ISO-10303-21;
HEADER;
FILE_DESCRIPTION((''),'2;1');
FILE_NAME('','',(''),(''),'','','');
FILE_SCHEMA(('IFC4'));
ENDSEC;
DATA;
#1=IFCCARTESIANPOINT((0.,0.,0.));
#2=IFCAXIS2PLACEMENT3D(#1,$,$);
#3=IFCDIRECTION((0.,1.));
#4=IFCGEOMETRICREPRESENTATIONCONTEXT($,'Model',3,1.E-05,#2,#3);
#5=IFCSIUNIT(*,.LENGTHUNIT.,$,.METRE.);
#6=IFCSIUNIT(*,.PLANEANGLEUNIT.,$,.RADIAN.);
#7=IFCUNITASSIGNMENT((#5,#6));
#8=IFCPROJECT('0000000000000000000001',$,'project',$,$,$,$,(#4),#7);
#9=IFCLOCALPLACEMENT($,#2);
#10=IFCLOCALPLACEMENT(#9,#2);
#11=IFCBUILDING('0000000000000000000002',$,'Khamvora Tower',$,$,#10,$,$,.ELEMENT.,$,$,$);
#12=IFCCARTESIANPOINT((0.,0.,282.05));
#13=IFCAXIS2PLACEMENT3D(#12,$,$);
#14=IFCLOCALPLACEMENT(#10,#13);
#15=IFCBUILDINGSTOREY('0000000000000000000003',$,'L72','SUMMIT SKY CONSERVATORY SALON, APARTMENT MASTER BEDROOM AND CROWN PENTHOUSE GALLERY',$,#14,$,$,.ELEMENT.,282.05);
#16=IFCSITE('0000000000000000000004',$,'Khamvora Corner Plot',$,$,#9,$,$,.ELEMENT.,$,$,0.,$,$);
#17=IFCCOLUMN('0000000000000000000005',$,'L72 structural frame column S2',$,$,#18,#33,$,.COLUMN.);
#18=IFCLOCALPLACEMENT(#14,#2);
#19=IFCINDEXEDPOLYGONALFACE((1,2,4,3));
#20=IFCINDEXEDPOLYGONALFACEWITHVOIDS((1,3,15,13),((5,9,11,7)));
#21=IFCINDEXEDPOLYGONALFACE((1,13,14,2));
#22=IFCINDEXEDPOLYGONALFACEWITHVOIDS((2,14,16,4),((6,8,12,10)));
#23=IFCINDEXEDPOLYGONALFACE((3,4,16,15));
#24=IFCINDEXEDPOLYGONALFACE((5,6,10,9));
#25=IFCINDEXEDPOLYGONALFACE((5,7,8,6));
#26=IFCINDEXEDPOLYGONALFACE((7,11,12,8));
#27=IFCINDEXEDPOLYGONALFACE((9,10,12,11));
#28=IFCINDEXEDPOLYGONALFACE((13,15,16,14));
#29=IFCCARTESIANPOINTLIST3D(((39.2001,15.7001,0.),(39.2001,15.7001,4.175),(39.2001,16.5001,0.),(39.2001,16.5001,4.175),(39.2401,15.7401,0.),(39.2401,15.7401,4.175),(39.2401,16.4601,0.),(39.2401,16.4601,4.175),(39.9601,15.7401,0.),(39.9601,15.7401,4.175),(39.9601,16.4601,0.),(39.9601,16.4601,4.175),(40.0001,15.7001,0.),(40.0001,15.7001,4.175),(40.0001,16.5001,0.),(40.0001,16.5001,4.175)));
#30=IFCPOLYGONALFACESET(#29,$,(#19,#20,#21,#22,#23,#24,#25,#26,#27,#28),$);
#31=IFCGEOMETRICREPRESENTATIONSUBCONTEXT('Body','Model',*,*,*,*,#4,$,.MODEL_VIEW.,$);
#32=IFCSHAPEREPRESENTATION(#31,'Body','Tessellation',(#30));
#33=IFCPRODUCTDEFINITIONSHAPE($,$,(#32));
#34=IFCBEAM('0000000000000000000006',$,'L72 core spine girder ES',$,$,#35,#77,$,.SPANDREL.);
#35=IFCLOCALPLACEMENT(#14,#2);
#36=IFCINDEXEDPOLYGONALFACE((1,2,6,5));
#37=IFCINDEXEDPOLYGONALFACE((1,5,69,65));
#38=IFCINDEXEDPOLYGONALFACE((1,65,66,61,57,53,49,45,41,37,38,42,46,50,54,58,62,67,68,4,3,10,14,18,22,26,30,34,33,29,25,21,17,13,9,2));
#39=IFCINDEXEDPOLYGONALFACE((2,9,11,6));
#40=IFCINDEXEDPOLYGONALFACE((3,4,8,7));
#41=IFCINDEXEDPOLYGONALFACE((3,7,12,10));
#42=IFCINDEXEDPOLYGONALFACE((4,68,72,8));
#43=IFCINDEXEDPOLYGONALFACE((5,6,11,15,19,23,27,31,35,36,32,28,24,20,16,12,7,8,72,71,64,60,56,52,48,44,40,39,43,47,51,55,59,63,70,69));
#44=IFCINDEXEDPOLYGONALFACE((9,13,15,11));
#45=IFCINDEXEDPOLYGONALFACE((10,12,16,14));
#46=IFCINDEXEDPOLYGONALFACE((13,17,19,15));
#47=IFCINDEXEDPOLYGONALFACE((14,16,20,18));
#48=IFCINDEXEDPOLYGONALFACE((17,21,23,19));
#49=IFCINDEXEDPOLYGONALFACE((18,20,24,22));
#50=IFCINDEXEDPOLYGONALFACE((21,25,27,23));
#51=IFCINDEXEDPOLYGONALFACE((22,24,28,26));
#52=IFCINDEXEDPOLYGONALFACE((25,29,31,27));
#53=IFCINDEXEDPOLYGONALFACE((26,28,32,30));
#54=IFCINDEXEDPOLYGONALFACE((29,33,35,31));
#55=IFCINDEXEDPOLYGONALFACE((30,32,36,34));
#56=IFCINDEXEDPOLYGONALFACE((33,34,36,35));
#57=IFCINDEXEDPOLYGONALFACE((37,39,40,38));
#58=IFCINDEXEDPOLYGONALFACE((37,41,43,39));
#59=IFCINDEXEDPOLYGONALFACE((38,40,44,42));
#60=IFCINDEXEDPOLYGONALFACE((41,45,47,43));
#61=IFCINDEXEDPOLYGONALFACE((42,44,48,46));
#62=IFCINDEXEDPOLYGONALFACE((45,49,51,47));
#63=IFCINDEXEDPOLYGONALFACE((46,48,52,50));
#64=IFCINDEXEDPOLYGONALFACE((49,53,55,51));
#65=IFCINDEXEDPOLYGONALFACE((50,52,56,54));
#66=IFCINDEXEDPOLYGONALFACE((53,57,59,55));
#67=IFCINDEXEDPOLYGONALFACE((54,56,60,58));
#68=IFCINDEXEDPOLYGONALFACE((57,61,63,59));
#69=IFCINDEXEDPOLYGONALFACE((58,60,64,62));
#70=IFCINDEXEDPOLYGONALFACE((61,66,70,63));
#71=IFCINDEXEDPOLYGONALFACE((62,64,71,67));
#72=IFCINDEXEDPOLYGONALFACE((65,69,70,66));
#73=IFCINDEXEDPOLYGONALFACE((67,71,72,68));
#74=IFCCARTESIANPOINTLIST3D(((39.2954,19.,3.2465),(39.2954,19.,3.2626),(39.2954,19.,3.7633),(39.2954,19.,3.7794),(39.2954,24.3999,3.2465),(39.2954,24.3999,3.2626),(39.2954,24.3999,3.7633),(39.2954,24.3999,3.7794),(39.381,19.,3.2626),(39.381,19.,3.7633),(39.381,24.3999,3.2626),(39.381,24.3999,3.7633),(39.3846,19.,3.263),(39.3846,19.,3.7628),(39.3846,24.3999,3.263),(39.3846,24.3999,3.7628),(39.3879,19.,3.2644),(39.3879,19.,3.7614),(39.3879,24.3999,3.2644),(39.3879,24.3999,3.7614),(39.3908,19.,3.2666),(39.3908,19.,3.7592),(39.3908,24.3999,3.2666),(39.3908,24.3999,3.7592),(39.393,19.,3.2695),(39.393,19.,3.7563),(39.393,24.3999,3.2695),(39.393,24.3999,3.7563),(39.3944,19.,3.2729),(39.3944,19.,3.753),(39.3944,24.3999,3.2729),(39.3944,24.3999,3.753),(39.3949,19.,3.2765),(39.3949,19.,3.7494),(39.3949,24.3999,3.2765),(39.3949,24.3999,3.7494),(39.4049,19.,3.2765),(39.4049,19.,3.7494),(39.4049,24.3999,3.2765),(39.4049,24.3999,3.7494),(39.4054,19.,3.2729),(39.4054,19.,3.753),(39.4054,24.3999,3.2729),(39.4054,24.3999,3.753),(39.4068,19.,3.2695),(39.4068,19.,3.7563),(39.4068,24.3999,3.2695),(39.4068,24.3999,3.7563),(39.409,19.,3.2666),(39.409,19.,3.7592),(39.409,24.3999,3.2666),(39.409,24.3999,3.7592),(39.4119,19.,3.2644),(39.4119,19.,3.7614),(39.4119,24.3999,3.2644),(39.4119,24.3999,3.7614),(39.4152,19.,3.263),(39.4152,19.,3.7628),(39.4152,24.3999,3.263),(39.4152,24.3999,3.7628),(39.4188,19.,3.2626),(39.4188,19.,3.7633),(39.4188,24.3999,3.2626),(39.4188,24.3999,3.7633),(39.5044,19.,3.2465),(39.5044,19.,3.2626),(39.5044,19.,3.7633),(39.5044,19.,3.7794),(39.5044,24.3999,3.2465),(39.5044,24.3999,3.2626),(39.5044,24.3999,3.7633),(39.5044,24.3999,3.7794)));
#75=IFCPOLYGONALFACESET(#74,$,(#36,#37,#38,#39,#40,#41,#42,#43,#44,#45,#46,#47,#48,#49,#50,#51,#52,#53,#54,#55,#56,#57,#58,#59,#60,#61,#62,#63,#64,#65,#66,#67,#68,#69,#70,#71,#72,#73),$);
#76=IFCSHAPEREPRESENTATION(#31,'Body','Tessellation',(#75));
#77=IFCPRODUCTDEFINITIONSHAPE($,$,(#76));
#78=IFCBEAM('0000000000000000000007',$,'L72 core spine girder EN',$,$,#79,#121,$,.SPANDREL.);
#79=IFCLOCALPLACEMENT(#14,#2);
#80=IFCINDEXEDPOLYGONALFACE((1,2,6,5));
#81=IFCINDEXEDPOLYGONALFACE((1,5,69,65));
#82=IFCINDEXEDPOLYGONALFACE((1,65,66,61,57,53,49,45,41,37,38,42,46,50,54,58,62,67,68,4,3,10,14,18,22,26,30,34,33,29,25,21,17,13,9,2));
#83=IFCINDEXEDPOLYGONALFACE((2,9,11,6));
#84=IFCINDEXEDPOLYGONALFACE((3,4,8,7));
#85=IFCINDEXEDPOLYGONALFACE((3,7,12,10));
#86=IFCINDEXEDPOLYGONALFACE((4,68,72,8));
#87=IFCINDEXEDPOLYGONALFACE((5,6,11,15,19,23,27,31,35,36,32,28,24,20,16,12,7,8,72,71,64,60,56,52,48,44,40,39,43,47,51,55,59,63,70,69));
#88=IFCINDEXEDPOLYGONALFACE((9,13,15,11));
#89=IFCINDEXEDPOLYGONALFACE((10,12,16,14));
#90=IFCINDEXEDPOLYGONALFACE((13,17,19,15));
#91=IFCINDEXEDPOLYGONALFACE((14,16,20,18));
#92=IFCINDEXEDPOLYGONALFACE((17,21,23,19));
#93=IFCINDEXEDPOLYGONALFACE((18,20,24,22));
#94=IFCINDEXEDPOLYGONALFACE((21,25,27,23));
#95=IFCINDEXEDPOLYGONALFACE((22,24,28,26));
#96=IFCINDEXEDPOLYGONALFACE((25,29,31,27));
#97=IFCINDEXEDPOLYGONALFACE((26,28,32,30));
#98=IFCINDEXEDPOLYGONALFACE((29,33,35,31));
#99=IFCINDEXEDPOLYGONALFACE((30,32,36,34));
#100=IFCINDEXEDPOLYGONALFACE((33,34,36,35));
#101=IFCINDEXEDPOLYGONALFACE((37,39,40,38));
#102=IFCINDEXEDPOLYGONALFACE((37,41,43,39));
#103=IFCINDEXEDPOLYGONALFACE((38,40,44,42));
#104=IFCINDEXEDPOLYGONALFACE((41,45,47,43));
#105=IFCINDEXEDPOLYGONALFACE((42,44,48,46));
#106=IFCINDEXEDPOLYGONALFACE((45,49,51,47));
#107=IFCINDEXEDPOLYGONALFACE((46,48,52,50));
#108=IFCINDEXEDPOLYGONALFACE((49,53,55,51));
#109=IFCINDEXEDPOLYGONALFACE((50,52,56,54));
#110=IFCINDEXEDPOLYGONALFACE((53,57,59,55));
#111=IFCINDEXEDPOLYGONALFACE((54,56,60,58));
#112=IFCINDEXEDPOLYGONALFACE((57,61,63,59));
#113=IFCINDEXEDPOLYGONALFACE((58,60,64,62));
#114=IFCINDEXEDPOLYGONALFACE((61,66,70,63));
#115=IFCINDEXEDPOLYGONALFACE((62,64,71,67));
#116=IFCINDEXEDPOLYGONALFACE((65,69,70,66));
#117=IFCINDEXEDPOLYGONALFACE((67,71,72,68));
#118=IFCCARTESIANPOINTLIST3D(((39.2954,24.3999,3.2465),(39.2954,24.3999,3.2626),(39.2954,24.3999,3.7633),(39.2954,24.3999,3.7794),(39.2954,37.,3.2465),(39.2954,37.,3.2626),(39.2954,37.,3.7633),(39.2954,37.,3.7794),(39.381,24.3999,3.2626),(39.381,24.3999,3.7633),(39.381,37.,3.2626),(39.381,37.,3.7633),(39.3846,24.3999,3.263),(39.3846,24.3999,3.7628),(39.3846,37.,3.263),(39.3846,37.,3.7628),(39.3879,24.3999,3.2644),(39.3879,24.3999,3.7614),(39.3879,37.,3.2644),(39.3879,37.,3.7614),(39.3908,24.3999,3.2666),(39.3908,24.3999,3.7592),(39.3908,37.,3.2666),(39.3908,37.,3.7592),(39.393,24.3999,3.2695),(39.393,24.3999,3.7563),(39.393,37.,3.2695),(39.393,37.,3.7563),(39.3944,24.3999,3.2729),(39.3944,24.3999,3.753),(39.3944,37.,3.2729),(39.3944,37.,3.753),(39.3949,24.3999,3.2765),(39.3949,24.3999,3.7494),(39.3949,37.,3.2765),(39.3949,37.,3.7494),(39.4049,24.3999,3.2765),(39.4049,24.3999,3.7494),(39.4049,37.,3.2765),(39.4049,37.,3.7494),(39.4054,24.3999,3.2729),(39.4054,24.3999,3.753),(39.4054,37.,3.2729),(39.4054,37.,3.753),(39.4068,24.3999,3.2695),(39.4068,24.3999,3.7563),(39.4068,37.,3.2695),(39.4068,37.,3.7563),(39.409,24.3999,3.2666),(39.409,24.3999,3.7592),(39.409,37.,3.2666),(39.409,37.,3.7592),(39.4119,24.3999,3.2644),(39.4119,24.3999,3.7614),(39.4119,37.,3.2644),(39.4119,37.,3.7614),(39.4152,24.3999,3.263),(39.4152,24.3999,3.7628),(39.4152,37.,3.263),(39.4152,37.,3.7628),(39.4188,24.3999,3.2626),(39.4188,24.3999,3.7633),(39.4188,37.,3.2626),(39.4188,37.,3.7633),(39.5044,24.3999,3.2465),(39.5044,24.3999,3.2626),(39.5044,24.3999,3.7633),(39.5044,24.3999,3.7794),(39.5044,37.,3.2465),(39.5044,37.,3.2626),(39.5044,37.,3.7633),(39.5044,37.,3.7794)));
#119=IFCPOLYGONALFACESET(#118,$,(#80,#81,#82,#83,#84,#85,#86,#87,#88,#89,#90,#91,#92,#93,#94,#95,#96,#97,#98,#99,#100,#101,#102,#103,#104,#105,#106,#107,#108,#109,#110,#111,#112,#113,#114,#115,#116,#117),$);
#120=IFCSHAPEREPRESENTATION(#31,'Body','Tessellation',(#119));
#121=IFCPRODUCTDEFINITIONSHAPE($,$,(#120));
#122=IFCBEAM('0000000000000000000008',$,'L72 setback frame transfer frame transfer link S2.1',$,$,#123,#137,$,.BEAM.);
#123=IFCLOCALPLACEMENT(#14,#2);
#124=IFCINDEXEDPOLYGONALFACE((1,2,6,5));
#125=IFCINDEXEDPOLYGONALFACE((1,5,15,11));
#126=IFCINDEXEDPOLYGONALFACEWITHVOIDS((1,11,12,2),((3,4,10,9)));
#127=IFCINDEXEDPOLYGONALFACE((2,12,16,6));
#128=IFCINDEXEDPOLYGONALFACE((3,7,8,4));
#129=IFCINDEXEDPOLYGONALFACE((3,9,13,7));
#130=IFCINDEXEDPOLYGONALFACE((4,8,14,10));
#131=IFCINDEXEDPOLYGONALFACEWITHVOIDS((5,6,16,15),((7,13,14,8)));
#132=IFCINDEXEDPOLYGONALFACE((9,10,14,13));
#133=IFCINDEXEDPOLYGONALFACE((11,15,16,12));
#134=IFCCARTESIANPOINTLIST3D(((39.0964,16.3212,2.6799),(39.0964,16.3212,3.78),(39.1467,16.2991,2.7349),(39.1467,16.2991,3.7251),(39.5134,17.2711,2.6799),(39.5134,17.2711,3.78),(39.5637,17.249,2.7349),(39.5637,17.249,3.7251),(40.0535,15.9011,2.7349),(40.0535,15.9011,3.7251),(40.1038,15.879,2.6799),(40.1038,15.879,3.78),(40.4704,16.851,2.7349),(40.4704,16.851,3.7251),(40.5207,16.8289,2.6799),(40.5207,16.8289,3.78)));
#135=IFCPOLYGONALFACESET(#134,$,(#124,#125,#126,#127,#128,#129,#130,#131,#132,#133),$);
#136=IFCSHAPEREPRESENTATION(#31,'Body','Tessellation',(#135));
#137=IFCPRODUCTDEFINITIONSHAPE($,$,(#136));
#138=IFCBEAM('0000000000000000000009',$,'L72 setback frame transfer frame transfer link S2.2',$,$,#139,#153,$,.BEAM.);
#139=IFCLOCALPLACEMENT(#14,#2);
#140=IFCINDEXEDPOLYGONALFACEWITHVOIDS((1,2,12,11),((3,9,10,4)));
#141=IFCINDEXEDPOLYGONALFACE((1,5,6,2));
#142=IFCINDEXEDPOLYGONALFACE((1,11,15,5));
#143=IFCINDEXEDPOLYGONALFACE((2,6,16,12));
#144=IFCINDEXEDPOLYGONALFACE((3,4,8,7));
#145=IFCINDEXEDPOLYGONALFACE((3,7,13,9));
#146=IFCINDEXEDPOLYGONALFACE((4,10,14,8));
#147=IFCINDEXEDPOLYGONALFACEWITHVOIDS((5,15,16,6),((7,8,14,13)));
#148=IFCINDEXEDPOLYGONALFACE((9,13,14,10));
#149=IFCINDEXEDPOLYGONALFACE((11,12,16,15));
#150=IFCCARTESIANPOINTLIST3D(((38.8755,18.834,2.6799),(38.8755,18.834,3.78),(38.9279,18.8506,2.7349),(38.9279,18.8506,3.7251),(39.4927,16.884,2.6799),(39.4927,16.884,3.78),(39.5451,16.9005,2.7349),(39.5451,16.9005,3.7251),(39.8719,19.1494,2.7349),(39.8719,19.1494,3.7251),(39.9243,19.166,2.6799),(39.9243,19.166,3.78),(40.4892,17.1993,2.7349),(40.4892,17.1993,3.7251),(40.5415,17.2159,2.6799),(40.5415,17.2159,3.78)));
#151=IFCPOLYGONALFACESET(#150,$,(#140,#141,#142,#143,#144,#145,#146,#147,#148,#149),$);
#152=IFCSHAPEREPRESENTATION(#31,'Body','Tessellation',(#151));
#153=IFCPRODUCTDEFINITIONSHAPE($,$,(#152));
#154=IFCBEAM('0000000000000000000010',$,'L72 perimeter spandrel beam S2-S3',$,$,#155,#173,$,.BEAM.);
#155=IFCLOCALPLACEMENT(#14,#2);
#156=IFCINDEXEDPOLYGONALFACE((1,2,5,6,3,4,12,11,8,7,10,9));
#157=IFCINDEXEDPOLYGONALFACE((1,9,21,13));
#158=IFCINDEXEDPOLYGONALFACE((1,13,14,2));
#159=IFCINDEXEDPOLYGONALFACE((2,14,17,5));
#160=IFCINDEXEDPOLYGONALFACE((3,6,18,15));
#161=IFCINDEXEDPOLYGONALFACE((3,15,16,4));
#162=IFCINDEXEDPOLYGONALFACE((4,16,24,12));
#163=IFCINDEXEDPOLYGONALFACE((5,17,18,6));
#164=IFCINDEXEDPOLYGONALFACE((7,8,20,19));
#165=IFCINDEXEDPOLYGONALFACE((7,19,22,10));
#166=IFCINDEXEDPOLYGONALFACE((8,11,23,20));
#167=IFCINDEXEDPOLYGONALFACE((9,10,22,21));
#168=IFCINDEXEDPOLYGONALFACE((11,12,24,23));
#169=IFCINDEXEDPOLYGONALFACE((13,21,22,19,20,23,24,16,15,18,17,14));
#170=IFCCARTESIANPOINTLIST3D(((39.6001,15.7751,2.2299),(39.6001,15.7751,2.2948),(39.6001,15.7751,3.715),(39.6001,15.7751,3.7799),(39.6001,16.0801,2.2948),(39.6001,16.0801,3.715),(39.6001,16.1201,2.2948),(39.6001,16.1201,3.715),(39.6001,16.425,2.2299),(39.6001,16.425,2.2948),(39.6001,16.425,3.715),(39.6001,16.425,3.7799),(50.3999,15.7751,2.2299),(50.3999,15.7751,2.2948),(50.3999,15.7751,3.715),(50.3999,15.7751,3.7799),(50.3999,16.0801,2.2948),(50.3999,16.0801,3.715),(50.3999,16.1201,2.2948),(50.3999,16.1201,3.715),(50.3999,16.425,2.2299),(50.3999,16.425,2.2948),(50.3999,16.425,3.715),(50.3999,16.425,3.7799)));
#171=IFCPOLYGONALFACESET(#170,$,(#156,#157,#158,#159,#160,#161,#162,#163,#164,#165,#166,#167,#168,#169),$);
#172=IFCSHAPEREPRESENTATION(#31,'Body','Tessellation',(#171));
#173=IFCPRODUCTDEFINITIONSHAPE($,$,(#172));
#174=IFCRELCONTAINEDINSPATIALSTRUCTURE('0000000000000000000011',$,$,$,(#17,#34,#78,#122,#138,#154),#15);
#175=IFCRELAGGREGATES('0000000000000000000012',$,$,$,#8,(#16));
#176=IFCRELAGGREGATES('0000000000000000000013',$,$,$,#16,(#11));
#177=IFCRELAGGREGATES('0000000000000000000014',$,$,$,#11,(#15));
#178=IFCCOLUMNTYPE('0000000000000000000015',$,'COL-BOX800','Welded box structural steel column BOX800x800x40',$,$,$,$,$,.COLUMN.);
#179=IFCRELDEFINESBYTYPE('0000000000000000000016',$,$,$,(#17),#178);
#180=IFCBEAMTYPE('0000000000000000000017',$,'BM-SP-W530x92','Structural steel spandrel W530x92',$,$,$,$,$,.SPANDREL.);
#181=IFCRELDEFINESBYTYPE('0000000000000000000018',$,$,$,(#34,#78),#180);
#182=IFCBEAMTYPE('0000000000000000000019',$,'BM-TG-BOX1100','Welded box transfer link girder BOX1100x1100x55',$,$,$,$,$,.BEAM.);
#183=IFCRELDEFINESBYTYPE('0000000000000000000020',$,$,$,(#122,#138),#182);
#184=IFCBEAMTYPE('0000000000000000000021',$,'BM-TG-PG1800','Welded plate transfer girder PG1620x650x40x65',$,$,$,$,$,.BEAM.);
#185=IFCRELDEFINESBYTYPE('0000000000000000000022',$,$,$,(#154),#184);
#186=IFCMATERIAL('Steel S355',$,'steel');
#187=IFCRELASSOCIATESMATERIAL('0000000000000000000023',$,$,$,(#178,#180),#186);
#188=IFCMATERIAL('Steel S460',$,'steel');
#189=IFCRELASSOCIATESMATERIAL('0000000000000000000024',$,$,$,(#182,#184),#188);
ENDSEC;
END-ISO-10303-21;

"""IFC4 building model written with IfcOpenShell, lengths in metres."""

from ifc_helpers import new_model, si_unit, direction, frame, origin, origin_2d, place, context, subcontext, project, spatial, hollow_rectangle, i_section, extrude, material, material_profile, profile_set, type_object, element, save


model = new_model("IFC4")

# Units and contexts
model_context = context("Model", 3, precision=1e-05, world=origin(), true_north=direction((0.0, 1.0)))
body_context = subcontext(model_context, "Body", "Model", "MODEL_VIEW")
ifc_project = project(units=[si_unit("LENGTHUNIT", "METRE"), si_unit("PLANEANGLEUNIT", "RADIAN")], contexts=[model_context])

# Site, building, storey
site_placement = place(None, origin())
site = spatial("IfcSite", under=ifc_project, at=site_placement, Name="Khamvora Corner Plot", CompositionType="ELEMENT", RefElevation=0.0)
building_placement = place(site_placement, origin())
building = spatial("IfcBuilding", under=site, at=building_placement, Name="Khamvora Tower", CompositionType="ELEMENT")
storey_placement = place(building_placement, frame((0.0, 0.0, 282.05)))
storey = spatial("IfcBuildingStorey", under=building, at=storey_placement, Name="L72", Description="SUMMIT SKY CONSERVATORY SALON, APARTMENT MASTER BEDROOM AND CROWN PENTHOUSE GALLERY", CompositionType="ELEMENT", Elevation=282.05)

# Column
ifc_material_1 = material(Name="Steel S355", Category="steel")
ifc_material_profile_1 = material_profile(ifc_material_1, hollow_rectangle(XDim=0.8, YDim=0.8, WallThickness=0.04, at=origin_2d()), Name="BOX800x800x40")
ifc_profile_set_1 = profile_set([ifc_material_profile_1], Name="Steel S355")
column_type = type_object("IfcColumnType", Name="COL-BOX800", Description="Welded box structural steel column BOX800x800x40", PredefinedType="COLUMN", material=ifc_profile_set_1)
column_placement = place(storey_placement, frame((39.6001, 16.1001, 0.0), z_axis=(0.0, 0.0, 1.0), x_axis=(1.0, 0.0, 0.0)))
element("IfcColumn", 1, at=column_placement, inside=storey, type_object=column_type, Name="L72 structural frame column S2", PredefinedType="COLUMN", context=body_context, shape_type="SweptSolid", body=[
    extrude(hollow_rectangle(XDim=0.8, YDim=0.8, WallThickness=0.04, at=origin_2d()), origin(), (0.0, 0.0, 1.0), 4.175),
])

# Beams
ifc_material_profile_2 = material_profile(ifc_material_1, i_section(OverallWidth=0.209, OverallDepth=0.533, WebThickness=0.01, FlangeThickness=0.0161, FilletRadius=0.0139, at=origin_2d()), Name="W530x92")
ifc_profile_set_2 = profile_set([ifc_material_profile_2], Name="Steel S355")
beam_type_1 = type_object("IfcBeamType", Name="BM-SP-W530x92", Description="Structural steel spandrel W530x92", PredefinedType="SPANDREL", material=ifc_profile_set_2)
beam_1_placement = place(storey_placement, frame((39.3999, 19.0, 3.5129), z_axis=(0.0, 1.0, 0.0), x_axis=(-1.0, 0.0, 0.0)))
element("IfcBeam", 2, at=beam_1_placement, inside=storey, type_object=beam_type_1, Name="L72 core spine girder ES", PredefinedType="SPANDREL", context=body_context, shape_type="SweptSolid", body=[
    extrude(i_section(OverallWidth=0.209, OverallDepth=0.533, WebThickness=0.01, FlangeThickness=0.0161, FilletRadius=0.0139, at=origin_2d()), origin(), (0.0, 0.0, 1.0), 5.3999),
])
beam_2_placement = place(storey_placement, frame((39.3999, 24.3999, 3.5129), z_axis=(0.0, 1.0, 0.0), x_axis=(-1.0, 0.0, 0.0)))
element("IfcBeam", 3, at=beam_2_placement, inside=storey, type_object=beam_type_1, Name="L72 core spine girder EN", PredefinedType="SPANDREL", context=body_context, shape_type="SweptSolid", body=[
    extrude(i_section(OverallWidth=0.209, OverallDepth=0.533, WebThickness=0.01, FlangeThickness=0.0161, FilletRadius=0.0139, at=origin_2d()), origin(), (0.0, 0.0, 1.0), 12.6001),
])
ifc_material_2 = material(Name="Steel S460", Category="steel")
ifc_material_profile_3 = material_profile(ifc_material_2, hollow_rectangle(XDim=1.1001, YDim=1.1001, WallThickness=0.0549, at=origin_2d()), Name="BOX1100x1100x55")
ifc_profile_set_3 = profile_set([ifc_material_profile_3], Name="Steel S460")
beam_type_2 = type_object("IfcBeamType", Name="BM-TG-BOX1100", Description="Welded box transfer link girder BOX1100x1100x55", PredefinedType="BEAM", material=ifc_profile_set_3)
beam_3_placement = place(storey_placement, frame((39.6001, 16.1001, 3.23), z_axis=(0.401942, 0.915665, 0.0), x_axis=(-0.915665, 0.401942, 0.0)))
element("IfcBeam", 4, at=beam_3_placement, inside=storey, type_object=beam_type_2, Name="L72 setback frame transfer frame transfer link S2.1", PredefinedType="BEAM", context=body_context, shape_type="SweptSolid", body=[
    extrude(hollow_rectangle(XDim=1.1001, YDim=1.1001, WallThickness=0.0549, at=origin_2d()), origin(), (0.0, 0.0, 1.0), 1.0374),
])
beam_4_placement = place(storey_placement, frame((39.3999, 19.0, 3.23), z_axis=(0.30176, -0.953384, 0.0), x_axis=(0.953384, 0.30176, 0.0)))
element("IfcBeam", 5, at=beam_4_placement, inside=storey, type_object=beam_type_2, Name="L72 setback frame transfer frame transfer link S2.2", PredefinedType="BEAM", context=body_context, shape_type="SweptSolid", body=[
    extrude(hollow_rectangle(XDim=1.1001, YDim=1.1001, WallThickness=0.0549, at=origin_2d()), origin(), (0.0, 0.0, 1.0), 2.0454),
])
ifc_material_profile_4 = material_profile(ifc_material_2, i_section(OverallWidth=0.6499, OverallDepth=1.55, WebThickness=0.04, FlangeThickness=0.0649, at=origin_2d()), Name="PG1550x650x40x65")
ifc_profile_set_4 = profile_set([ifc_material_profile_4], Name="Steel S460")
beam_type_3 = type_object("IfcBeamType", Name="BM-TG-PG1800", Description="Welded plate transfer girder PG1620x650x40x65", PredefinedType="BEAM", material=ifc_profile_set_4)
beam_5_placement = place(storey_placement, frame((39.6001, 16.1001, 3.0049), z_axis=(1.0, 0.0, 0.0), x_axis=(0.0, 1.0, 0.0)))
element("IfcBeam", 6, at=beam_5_placement, inside=storey, type_object=beam_type_3, Name="L72 perimeter spandrel beam S2-S3", PredefinedType="BEAM", context=body_context, shape_type="SweptSolid", body=[
    extrude(i_section(OverallWidth=0.6499, OverallDepth=1.55, WebThickness=0.04, FlangeThickness=0.0649, at=origin_2d()), origin(), (0.0, 0.0, 1.0), 10.7998),
])

save(model, "model.ifc")
